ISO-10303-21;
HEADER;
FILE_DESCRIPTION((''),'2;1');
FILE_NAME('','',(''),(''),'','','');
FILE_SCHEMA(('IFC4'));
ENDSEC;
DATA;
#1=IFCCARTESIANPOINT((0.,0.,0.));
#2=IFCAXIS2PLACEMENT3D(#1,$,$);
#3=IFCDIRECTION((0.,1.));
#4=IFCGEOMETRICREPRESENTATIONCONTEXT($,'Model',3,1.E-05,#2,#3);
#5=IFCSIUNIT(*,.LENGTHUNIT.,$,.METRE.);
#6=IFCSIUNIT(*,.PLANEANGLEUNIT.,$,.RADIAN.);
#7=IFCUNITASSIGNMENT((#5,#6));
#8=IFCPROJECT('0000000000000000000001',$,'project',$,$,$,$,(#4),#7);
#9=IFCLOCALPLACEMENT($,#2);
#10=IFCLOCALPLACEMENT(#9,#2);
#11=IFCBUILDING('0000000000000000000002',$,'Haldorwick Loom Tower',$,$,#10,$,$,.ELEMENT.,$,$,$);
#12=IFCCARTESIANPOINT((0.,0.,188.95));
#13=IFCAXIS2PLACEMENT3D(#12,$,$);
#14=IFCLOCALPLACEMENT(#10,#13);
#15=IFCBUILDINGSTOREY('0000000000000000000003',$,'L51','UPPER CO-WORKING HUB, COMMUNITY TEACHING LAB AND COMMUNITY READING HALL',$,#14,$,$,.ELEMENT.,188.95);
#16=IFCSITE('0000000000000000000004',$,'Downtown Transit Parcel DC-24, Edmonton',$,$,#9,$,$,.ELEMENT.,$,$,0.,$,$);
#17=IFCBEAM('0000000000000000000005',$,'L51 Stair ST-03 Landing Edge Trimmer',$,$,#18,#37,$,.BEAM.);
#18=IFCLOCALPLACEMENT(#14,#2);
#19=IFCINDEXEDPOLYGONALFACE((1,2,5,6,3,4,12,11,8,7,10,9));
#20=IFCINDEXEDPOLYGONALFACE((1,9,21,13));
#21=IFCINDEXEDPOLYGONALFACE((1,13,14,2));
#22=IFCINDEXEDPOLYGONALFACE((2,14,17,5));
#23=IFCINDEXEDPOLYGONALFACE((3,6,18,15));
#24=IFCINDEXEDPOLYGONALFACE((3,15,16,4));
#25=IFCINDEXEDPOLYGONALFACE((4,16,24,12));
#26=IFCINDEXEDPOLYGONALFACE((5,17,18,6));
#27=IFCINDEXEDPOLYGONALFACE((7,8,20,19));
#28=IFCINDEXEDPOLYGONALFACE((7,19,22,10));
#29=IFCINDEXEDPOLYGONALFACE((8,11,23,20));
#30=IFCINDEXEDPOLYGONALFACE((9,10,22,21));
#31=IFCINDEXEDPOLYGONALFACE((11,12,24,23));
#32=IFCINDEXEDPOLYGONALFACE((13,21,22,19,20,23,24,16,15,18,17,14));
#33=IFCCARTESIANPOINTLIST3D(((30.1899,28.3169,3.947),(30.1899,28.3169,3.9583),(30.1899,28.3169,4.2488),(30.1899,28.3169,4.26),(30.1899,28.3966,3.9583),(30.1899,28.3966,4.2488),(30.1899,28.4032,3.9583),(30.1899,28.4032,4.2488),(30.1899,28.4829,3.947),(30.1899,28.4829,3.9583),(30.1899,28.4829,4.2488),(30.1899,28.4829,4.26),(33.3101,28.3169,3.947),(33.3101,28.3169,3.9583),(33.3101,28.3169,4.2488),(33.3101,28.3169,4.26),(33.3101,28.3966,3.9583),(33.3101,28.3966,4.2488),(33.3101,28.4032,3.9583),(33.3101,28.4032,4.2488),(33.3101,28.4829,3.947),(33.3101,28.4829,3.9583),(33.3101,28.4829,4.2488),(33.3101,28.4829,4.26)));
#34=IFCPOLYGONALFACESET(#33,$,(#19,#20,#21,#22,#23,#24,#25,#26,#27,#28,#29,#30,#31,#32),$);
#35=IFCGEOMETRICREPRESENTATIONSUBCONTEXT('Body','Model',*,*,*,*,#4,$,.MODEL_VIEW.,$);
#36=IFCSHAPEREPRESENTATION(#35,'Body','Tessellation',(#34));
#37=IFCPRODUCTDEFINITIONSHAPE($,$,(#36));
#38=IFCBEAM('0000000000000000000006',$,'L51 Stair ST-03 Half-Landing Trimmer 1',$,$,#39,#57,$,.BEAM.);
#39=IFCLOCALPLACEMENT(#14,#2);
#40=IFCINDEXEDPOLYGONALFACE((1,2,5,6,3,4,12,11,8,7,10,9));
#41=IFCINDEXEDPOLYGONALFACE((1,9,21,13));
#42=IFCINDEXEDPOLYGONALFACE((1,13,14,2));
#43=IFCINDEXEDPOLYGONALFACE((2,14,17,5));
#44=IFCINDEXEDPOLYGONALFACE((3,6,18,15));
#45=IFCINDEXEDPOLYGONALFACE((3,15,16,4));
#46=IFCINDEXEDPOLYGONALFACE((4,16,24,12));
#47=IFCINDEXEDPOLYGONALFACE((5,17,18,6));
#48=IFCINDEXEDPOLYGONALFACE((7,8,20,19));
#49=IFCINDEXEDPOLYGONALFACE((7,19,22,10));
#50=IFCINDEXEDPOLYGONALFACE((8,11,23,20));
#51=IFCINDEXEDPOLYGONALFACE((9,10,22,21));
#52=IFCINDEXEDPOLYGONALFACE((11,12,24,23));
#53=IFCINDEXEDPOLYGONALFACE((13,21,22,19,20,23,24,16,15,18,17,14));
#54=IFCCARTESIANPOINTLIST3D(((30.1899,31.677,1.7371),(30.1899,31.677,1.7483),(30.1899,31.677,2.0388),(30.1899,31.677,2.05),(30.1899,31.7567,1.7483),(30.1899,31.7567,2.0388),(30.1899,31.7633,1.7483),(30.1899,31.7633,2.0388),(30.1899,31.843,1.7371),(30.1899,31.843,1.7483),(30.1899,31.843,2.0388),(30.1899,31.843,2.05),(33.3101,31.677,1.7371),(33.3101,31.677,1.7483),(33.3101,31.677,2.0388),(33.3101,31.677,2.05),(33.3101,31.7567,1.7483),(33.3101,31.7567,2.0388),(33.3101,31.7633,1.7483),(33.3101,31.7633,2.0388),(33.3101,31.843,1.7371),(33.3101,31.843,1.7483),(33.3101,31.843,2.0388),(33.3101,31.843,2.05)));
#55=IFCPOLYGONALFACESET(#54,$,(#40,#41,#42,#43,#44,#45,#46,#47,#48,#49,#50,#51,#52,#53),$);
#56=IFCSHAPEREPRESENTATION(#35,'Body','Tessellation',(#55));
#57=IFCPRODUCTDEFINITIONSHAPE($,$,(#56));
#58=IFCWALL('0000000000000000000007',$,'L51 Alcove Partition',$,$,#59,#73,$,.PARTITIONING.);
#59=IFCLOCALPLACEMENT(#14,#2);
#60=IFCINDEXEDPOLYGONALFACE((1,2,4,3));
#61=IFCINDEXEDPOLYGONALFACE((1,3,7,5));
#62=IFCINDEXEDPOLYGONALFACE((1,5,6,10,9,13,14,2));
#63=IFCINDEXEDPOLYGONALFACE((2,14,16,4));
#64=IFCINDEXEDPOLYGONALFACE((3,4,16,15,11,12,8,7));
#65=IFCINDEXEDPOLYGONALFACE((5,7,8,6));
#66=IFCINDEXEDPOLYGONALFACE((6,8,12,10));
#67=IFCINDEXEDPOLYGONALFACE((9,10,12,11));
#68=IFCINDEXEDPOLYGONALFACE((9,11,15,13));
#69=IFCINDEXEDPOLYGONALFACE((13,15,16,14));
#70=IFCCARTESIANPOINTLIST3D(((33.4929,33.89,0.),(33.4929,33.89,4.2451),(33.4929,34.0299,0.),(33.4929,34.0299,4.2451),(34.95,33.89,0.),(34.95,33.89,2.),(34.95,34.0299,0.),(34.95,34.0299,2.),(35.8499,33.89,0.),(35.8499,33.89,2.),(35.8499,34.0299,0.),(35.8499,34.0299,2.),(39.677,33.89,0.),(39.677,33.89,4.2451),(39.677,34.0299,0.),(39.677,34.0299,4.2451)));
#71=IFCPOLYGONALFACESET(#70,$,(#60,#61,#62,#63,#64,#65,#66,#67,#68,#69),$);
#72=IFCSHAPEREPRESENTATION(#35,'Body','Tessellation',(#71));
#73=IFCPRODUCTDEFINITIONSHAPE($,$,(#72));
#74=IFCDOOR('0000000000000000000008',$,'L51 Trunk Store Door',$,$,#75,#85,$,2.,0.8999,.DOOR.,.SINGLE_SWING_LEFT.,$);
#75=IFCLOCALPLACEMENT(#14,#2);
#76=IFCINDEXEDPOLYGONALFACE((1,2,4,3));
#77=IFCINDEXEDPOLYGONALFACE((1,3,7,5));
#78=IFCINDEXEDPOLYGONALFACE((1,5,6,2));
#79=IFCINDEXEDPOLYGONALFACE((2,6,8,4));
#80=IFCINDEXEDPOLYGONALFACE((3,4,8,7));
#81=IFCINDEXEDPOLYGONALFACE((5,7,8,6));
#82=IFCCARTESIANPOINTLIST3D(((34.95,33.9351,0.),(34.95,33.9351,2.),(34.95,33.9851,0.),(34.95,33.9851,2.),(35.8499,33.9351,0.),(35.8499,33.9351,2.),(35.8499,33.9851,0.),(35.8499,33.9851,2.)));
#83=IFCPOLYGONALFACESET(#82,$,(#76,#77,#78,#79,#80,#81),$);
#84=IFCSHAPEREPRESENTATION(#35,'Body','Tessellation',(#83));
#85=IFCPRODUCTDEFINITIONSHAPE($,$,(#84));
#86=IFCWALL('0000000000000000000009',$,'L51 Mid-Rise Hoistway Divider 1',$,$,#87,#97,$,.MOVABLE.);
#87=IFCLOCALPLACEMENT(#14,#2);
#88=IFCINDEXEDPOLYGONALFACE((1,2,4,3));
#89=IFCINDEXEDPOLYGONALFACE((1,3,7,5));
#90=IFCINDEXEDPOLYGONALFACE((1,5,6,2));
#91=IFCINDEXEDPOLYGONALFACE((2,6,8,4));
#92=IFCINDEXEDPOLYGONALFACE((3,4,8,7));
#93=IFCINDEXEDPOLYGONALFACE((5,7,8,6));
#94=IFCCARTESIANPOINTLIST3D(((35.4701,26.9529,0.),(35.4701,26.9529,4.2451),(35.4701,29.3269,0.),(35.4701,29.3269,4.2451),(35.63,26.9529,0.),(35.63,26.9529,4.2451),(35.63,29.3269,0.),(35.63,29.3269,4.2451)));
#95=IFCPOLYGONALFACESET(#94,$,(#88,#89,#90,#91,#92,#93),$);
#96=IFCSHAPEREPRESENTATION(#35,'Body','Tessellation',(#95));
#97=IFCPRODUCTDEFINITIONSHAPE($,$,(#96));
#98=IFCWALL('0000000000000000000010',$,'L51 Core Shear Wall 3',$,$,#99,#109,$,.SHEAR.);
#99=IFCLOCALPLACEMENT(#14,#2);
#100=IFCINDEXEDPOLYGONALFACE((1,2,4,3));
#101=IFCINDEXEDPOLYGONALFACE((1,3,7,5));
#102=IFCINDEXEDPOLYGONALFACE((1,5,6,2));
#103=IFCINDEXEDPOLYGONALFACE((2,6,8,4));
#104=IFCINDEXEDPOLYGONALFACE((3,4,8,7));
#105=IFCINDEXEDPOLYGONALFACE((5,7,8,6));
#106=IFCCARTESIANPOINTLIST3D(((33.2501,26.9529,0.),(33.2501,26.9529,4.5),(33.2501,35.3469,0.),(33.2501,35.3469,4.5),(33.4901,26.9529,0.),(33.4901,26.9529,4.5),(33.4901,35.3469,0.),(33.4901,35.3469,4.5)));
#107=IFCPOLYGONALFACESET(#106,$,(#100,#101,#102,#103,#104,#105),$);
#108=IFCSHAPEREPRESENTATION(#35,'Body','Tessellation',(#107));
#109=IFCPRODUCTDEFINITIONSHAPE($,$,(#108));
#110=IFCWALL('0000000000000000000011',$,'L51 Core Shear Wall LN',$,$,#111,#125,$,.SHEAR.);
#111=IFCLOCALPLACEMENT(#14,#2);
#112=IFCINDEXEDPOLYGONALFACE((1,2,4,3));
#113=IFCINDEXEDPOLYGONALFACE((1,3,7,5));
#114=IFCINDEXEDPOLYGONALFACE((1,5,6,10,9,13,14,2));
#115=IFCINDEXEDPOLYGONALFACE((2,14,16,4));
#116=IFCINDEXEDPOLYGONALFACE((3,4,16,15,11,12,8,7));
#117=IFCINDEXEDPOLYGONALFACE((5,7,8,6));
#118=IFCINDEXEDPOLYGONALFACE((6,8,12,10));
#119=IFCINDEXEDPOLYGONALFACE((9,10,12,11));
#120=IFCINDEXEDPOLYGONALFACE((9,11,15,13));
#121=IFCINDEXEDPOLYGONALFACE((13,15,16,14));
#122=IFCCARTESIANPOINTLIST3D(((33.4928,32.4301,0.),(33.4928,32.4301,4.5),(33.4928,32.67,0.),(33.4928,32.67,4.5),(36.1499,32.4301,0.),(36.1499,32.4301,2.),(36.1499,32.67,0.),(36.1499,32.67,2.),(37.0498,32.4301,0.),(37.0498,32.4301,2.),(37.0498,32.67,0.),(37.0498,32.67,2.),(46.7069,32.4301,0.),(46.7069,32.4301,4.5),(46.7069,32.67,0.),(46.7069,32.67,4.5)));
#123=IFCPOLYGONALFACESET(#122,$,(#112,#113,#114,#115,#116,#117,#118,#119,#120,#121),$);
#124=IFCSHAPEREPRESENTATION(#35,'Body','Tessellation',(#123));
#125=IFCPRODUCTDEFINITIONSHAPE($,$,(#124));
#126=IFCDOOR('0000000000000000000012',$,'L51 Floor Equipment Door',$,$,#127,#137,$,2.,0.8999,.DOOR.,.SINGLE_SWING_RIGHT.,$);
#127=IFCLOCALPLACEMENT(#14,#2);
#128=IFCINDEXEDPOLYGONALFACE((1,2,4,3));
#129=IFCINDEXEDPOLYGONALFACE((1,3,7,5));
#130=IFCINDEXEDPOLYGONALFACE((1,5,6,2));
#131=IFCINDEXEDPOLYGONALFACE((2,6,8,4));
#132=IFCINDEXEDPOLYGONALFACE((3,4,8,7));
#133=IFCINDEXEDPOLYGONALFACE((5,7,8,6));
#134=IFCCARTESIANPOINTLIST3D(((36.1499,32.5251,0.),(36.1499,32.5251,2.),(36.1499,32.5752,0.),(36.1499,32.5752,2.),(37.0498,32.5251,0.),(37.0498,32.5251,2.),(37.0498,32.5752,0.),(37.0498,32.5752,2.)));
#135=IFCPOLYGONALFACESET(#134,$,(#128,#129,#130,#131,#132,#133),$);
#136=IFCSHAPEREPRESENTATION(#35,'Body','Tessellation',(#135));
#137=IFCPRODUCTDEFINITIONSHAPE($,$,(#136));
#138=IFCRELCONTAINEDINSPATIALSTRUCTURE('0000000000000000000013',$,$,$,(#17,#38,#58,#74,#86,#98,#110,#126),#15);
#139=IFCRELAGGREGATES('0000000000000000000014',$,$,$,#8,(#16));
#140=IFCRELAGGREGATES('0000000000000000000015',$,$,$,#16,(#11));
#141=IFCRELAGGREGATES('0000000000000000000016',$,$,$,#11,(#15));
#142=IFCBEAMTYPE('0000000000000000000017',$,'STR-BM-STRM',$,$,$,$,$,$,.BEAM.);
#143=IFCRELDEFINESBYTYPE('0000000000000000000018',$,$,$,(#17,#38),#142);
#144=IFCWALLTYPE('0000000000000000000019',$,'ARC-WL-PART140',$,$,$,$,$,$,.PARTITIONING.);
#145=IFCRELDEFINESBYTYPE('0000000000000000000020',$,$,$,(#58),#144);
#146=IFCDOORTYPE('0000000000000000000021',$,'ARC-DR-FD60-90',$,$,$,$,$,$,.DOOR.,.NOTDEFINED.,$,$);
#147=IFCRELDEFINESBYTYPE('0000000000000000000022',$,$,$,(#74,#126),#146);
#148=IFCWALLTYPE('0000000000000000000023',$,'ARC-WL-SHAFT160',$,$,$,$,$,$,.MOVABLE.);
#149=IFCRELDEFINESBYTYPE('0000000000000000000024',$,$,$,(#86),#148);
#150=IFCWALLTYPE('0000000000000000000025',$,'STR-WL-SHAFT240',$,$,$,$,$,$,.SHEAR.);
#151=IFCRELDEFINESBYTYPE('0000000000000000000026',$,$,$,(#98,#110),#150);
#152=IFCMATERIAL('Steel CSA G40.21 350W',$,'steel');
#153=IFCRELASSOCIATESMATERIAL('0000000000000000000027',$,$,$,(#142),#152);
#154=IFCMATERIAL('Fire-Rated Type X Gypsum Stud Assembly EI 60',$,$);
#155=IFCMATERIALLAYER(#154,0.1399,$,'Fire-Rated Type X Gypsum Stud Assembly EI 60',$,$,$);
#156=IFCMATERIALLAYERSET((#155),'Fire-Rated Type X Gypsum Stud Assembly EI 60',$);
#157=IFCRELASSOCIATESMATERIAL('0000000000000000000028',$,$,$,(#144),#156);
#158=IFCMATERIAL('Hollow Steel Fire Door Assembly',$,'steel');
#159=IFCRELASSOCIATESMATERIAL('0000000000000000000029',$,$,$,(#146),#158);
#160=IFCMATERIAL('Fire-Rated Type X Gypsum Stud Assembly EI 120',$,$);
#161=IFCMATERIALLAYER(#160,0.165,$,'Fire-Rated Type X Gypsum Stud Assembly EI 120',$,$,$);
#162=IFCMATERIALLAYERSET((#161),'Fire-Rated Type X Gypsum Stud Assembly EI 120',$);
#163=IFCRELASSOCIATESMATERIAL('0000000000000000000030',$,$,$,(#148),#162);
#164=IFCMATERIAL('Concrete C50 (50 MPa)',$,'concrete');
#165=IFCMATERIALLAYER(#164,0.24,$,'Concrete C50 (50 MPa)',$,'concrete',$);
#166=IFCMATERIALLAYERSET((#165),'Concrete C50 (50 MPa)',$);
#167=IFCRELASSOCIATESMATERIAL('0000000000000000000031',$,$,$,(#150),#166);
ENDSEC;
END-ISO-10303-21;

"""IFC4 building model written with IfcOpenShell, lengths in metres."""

from ifc_helpers import new_model, si_unit, direction, frame, frame_2d, origin, origin_2d, place, context, subcontext, project, spatial, rectangle, i_section, extrude, material, layer, layer_set, material_profile, profile_set, type_object, element, fill, save


model = new_model("IFC4")

# Units and contexts
model_context = context("Model", 3, precision=1e-05, world=origin(), true_north=direction((0.0, 1.0)))
body_context = subcontext(model_context, "Body", "Model", "MODEL_VIEW")
ifc_project = project(units=[si_unit("LENGTHUNIT", "METRE"), si_unit("PLANEANGLEUNIT", "RADIAN")], contexts=[model_context])

# Site, building, storey
site_placement = place(None, origin())
site = spatial("IfcSite", under=ifc_project, at=site_placement, Name="Downtown Transit Parcel DC-24, Edmonton", CompositionType="ELEMENT", RefElevation=0.0)
building_placement = place(site_placement, origin())
building = spatial("IfcBuilding", under=site, at=building_placement, Name="Haldorwick Loom Tower", CompositionType="ELEMENT")
storey_placement = place(building_placement, frame((0.0, 0.0, 188.95)))
storey = spatial("IfcBuildingStorey", under=building, at=storey_placement, Name="L51", Description="UPPER CO-WORKING HUB, COMMUNITY TEACHING LAB AND COMMUNITY READING HALL", CompositionType="ELEMENT", Elevation=188.95)

# Beams
ifc_material_1 = material(Name="Steel CSA G40.21 350W", Category="steel")
ifc_material_profile = material_profile(ifc_material_1, i_section(OverallWidth=0.166, OverallDepth=0.313, WebThickness=0.0066, FlangeThickness=0.0112, at=origin_2d()), Name="W310X45", Category="steel")
ifc_profile_set = profile_set([ifc_material_profile], Name="Steel CSA G40.21 350W")
beam_type = type_object("IfcBeamType", Name="STR-BM-STRM", PredefinedType="BEAM", material=ifc_profile_set)
for number, where, z_axis, x_axis, name in (
    (1, (30.1899, 28.3999, 4.1035), (1.0, 0.0, 0.0), (0.0, 1.0, 0.0), "L51 Stair ST-03 Landing Edge Trimmer"),
    (2, (30.1899, 31.76, 1.8936), (1.0, 0.0, 0.0), (0.0, 1.0, 0.0), "L51 Stair ST-03 Half-Landing Trimmer 1"),
):
    element("IfcBeam", number, at=place(storey_placement, frame(where, z_axis=z_axis, x_axis=x_axis)), inside=storey, type_object=beam_type, Name=name, PredefinedType="BEAM", context=body_context, shape_type="SweptSolid", body=[
        extrude(i_section(OverallWidth=0.166, OverallDepth=0.313, WebThickness=0.0066, FlangeThickness=0.0112, at=origin_2d()), origin(), (0.0, 0.0, 1.0), 3.1201),
    ])

# Wall, opening, door
ifc_material_2 = material(Name="Fire-Rated Type X Gypsum Stud Assembly EI 60")
ifc_layer_1 = layer(ifc_material_2, 0.1399, Name="Fire-Rated Type X Gypsum Stud Assembly EI 60")
ifc_layer_set_1 = layer_set([ifc_layer_1], Name="Fire-Rated Type X Gypsum Stud Assembly EI 60")
wall_type_1 = type_object("IfcWallType", Name="ARC-WL-PART140", PredefinedType="PARTITIONING", material=ifc_layer_set_1)
wall_1_placement = place(storey_placement, frame((33.4929, 33.96, 0.0), z_axis=(0.0, 0.0, 1.0), x_axis=(1.0, 0.0, 0.0)))
wall_1 = element("IfcWall", 3, at=wall_1_placement, inside=storey, type_object=wall_type_1, Name="L51 Alcove Partition", PredefinedType="PARTITIONING", context=body_context, shape_type="SweptSolid", body=[
    extrude(rectangle(XDim=6.1841, YDim=0.1399, at=frame_2d((3.092, 0.0))), origin(), (0.0, 0.0, 1.0), 4.2451),
])
opening_1_placement = place(wall_1_placement, frame((1.457, 0.0, 0.0)))
opening_1 = element("IfcOpeningElement", 4, at=opening_1_placement, cuts=wall_1, PredefinedType="OPENING", context=body_context, shape_type="SweptSolid", body=[
    extrude(rectangle(XDim=0.8999, YDim=2.0, at=frame_2d((0.45, 1.0))), frame((0.0, 0.0798, 0.0), z_axis=(0.0, -1.0, 0.0), x_axis=(1.0, 0.0, 0.0)), (0.0, 0.0, 1.0), 0.1599),
])
ifc_material_3 = material(Name="Hollow Steel Fire Door Assembly", Category="steel")
door_type_1 = type_object("IfcDoorType", Name="ARC-DR-FD60-90", OperationType="NOTDEFINED", PredefinedType="DOOR", material=ifc_material_3)
door_1_placement = place(opening_1_placement, frame((0.8999, 0.0, 0.0), z_axis=(0.0, 0.0, 1.0), x_axis=(-1.0, 0.0, 0.0)))
door_1 = element("IfcDoor", 5, at=door_1_placement, inside=storey, type_object=door_type_1, Name="L51 Trunk Store Door", OperationType="SINGLE_SWING_LEFT", OverallHeight=2.0, OverallWidth=0.8999, PredefinedType="DOOR", context=body_context, shape_type="SweptSolid", body=[
    extrude(rectangle(XDim=0.8999, YDim=2.0, at=frame_2d((0.45, 1.0))), frame((0.0, 0.0249, 0.0), z_axis=(0.0, -1.0, 0.0), x_axis=(1.0, 0.0, 0.0)), (0.0, 0.0, 1.0), 0.05),
])
fill(opening_1, door_1)

# Walls
ifc_material_4 = material(Name="Fire-Rated Type X Gypsum Stud Assembly EI 120")
ifc_layer_2 = layer(ifc_material_4, 0.165, Name="Fire-Rated Type X Gypsum Stud Assembly EI 120")
ifc_layer_set_2 = layer_set([ifc_layer_2], Name="Fire-Rated Type X Gypsum Stud Assembly EI 120")
wall_type_2 = type_object("IfcWallType", Name="ARC-WL-SHAFT160", PredefinedType="MOVABLE", material=ifc_layer_set_2)
wall_2_placement = place(storey_placement, frame((35.55, 26.9529, 0.0), z_axis=(0.0, 0.0, 1.0), x_axis=(0.0, 1.0, 0.0)))
element("IfcWall", 6, at=wall_2_placement, inside=storey, type_object=wall_type_2, Name="L51 Mid-Rise Hoistway Divider 1", PredefinedType="MOVABLE", context=body_context, shape_type="SweptSolid", body=[
    extrude(rectangle(XDim=2.374, YDim=0.1599, at=frame_2d((1.187, 0.0))), origin(), (0.0, 0.0, 1.0), 4.2451),
])
ifc_material_5 = material(Name="Concrete C50 (50 MPa)", Category="concrete")
ifc_layer_3 = layer(ifc_material_5, 0.24, Name="Concrete C50 (50 MPa)", Category="concrete")
ifc_layer_set_3 = layer_set([ifc_layer_3], Name="Concrete C50 (50 MPa)")
wall_type_3 = type_object("IfcWallType", Name="STR-WL-SHAFT240", PredefinedType="SHEAR", material=ifc_layer_set_3)
wall_3_placement = place(storey_placement, frame((33.3701, 26.9529, 0.0), z_axis=(0.0, 0.0, 1.0), x_axis=(0.0, 1.0, 0.0)))
element("IfcWall", 7, at=wall_3_placement, inside=storey, type_object=wall_type_3, Name="L51 Core Shear Wall 3", PredefinedType="SHEAR", context=body_context, shape_type="SweptSolid", body=[
    extrude(rectangle(XDim=8.394, YDim=0.24, at=frame_2d((4.197, 0.0))), origin(), (0.0, 0.0, 1.0), 4.5),
])

# Wall, opening, door
wall_4_placement = place(storey_placement, frame((33.4929, 32.55, 0.0), z_axis=(0.0, 0.0, 1.0), x_axis=(1.0, 0.0, 0.0)))
wall_4 = element("IfcWall", 8, at=wall_4_placement, inside=storey, type_object=wall_type_3, Name="L51 Core Shear Wall LN", PredefinedType="SHEAR", context=body_context, shape_type="SweptSolid", body=[
    extrude(rectangle(XDim=13.2141, YDim=0.24, at=frame_2d((6.6069, 0.0))), origin(), (0.0, 0.0, 1.0), 4.5),
])
opening_2_placement = place(wall_4_placement, frame((2.657, 0.0, 0.0)))
opening_2 = element("IfcOpeningElement", 9, at=opening_2_placement, cuts=wall_4, PredefinedType="OPENING", context=body_context, shape_type="SweptSolid", body=[
    extrude(rectangle(XDim=0.8999, YDim=2.0, at=frame_2d((0.45, 1.0))), frame((0.0, 0.1299, 0.0), z_axis=(0.0, -1.0, 0.0), x_axis=(1.0, 0.0, 0.0)), (0.0, 0.0, 1.0), 0.26),
])
door_2_placement = place(opening_2_placement, frame((0.8999, 0.0, 0.0), z_axis=(0.0, 0.0, 1.0), x_axis=(-1.0, 0.0, 0.0)))
door_2 = element("IfcDoor", 10, at=door_2_placement, inside=storey, type_object=door_type_1, Name="L51 Floor Equipment Door", OperationType="SINGLE_SWING_RIGHT", OverallHeight=2.0, OverallWidth=0.8999, PredefinedType="DOOR", context=body_context, shape_type="SweptSolid", body=[
    extrude(rectangle(XDim=0.8999, YDim=2.0, at=frame_2d((0.45, 1.0))), frame((0.0, 0.0249, 0.0), z_axis=(0.0, -1.0, 0.0), x_axis=(1.0, 0.0, 0.0)), (0.0, 0.0, 1.0), 0.05),
])
fill(opening_2, door_2)

save(model, "model.ifc")
